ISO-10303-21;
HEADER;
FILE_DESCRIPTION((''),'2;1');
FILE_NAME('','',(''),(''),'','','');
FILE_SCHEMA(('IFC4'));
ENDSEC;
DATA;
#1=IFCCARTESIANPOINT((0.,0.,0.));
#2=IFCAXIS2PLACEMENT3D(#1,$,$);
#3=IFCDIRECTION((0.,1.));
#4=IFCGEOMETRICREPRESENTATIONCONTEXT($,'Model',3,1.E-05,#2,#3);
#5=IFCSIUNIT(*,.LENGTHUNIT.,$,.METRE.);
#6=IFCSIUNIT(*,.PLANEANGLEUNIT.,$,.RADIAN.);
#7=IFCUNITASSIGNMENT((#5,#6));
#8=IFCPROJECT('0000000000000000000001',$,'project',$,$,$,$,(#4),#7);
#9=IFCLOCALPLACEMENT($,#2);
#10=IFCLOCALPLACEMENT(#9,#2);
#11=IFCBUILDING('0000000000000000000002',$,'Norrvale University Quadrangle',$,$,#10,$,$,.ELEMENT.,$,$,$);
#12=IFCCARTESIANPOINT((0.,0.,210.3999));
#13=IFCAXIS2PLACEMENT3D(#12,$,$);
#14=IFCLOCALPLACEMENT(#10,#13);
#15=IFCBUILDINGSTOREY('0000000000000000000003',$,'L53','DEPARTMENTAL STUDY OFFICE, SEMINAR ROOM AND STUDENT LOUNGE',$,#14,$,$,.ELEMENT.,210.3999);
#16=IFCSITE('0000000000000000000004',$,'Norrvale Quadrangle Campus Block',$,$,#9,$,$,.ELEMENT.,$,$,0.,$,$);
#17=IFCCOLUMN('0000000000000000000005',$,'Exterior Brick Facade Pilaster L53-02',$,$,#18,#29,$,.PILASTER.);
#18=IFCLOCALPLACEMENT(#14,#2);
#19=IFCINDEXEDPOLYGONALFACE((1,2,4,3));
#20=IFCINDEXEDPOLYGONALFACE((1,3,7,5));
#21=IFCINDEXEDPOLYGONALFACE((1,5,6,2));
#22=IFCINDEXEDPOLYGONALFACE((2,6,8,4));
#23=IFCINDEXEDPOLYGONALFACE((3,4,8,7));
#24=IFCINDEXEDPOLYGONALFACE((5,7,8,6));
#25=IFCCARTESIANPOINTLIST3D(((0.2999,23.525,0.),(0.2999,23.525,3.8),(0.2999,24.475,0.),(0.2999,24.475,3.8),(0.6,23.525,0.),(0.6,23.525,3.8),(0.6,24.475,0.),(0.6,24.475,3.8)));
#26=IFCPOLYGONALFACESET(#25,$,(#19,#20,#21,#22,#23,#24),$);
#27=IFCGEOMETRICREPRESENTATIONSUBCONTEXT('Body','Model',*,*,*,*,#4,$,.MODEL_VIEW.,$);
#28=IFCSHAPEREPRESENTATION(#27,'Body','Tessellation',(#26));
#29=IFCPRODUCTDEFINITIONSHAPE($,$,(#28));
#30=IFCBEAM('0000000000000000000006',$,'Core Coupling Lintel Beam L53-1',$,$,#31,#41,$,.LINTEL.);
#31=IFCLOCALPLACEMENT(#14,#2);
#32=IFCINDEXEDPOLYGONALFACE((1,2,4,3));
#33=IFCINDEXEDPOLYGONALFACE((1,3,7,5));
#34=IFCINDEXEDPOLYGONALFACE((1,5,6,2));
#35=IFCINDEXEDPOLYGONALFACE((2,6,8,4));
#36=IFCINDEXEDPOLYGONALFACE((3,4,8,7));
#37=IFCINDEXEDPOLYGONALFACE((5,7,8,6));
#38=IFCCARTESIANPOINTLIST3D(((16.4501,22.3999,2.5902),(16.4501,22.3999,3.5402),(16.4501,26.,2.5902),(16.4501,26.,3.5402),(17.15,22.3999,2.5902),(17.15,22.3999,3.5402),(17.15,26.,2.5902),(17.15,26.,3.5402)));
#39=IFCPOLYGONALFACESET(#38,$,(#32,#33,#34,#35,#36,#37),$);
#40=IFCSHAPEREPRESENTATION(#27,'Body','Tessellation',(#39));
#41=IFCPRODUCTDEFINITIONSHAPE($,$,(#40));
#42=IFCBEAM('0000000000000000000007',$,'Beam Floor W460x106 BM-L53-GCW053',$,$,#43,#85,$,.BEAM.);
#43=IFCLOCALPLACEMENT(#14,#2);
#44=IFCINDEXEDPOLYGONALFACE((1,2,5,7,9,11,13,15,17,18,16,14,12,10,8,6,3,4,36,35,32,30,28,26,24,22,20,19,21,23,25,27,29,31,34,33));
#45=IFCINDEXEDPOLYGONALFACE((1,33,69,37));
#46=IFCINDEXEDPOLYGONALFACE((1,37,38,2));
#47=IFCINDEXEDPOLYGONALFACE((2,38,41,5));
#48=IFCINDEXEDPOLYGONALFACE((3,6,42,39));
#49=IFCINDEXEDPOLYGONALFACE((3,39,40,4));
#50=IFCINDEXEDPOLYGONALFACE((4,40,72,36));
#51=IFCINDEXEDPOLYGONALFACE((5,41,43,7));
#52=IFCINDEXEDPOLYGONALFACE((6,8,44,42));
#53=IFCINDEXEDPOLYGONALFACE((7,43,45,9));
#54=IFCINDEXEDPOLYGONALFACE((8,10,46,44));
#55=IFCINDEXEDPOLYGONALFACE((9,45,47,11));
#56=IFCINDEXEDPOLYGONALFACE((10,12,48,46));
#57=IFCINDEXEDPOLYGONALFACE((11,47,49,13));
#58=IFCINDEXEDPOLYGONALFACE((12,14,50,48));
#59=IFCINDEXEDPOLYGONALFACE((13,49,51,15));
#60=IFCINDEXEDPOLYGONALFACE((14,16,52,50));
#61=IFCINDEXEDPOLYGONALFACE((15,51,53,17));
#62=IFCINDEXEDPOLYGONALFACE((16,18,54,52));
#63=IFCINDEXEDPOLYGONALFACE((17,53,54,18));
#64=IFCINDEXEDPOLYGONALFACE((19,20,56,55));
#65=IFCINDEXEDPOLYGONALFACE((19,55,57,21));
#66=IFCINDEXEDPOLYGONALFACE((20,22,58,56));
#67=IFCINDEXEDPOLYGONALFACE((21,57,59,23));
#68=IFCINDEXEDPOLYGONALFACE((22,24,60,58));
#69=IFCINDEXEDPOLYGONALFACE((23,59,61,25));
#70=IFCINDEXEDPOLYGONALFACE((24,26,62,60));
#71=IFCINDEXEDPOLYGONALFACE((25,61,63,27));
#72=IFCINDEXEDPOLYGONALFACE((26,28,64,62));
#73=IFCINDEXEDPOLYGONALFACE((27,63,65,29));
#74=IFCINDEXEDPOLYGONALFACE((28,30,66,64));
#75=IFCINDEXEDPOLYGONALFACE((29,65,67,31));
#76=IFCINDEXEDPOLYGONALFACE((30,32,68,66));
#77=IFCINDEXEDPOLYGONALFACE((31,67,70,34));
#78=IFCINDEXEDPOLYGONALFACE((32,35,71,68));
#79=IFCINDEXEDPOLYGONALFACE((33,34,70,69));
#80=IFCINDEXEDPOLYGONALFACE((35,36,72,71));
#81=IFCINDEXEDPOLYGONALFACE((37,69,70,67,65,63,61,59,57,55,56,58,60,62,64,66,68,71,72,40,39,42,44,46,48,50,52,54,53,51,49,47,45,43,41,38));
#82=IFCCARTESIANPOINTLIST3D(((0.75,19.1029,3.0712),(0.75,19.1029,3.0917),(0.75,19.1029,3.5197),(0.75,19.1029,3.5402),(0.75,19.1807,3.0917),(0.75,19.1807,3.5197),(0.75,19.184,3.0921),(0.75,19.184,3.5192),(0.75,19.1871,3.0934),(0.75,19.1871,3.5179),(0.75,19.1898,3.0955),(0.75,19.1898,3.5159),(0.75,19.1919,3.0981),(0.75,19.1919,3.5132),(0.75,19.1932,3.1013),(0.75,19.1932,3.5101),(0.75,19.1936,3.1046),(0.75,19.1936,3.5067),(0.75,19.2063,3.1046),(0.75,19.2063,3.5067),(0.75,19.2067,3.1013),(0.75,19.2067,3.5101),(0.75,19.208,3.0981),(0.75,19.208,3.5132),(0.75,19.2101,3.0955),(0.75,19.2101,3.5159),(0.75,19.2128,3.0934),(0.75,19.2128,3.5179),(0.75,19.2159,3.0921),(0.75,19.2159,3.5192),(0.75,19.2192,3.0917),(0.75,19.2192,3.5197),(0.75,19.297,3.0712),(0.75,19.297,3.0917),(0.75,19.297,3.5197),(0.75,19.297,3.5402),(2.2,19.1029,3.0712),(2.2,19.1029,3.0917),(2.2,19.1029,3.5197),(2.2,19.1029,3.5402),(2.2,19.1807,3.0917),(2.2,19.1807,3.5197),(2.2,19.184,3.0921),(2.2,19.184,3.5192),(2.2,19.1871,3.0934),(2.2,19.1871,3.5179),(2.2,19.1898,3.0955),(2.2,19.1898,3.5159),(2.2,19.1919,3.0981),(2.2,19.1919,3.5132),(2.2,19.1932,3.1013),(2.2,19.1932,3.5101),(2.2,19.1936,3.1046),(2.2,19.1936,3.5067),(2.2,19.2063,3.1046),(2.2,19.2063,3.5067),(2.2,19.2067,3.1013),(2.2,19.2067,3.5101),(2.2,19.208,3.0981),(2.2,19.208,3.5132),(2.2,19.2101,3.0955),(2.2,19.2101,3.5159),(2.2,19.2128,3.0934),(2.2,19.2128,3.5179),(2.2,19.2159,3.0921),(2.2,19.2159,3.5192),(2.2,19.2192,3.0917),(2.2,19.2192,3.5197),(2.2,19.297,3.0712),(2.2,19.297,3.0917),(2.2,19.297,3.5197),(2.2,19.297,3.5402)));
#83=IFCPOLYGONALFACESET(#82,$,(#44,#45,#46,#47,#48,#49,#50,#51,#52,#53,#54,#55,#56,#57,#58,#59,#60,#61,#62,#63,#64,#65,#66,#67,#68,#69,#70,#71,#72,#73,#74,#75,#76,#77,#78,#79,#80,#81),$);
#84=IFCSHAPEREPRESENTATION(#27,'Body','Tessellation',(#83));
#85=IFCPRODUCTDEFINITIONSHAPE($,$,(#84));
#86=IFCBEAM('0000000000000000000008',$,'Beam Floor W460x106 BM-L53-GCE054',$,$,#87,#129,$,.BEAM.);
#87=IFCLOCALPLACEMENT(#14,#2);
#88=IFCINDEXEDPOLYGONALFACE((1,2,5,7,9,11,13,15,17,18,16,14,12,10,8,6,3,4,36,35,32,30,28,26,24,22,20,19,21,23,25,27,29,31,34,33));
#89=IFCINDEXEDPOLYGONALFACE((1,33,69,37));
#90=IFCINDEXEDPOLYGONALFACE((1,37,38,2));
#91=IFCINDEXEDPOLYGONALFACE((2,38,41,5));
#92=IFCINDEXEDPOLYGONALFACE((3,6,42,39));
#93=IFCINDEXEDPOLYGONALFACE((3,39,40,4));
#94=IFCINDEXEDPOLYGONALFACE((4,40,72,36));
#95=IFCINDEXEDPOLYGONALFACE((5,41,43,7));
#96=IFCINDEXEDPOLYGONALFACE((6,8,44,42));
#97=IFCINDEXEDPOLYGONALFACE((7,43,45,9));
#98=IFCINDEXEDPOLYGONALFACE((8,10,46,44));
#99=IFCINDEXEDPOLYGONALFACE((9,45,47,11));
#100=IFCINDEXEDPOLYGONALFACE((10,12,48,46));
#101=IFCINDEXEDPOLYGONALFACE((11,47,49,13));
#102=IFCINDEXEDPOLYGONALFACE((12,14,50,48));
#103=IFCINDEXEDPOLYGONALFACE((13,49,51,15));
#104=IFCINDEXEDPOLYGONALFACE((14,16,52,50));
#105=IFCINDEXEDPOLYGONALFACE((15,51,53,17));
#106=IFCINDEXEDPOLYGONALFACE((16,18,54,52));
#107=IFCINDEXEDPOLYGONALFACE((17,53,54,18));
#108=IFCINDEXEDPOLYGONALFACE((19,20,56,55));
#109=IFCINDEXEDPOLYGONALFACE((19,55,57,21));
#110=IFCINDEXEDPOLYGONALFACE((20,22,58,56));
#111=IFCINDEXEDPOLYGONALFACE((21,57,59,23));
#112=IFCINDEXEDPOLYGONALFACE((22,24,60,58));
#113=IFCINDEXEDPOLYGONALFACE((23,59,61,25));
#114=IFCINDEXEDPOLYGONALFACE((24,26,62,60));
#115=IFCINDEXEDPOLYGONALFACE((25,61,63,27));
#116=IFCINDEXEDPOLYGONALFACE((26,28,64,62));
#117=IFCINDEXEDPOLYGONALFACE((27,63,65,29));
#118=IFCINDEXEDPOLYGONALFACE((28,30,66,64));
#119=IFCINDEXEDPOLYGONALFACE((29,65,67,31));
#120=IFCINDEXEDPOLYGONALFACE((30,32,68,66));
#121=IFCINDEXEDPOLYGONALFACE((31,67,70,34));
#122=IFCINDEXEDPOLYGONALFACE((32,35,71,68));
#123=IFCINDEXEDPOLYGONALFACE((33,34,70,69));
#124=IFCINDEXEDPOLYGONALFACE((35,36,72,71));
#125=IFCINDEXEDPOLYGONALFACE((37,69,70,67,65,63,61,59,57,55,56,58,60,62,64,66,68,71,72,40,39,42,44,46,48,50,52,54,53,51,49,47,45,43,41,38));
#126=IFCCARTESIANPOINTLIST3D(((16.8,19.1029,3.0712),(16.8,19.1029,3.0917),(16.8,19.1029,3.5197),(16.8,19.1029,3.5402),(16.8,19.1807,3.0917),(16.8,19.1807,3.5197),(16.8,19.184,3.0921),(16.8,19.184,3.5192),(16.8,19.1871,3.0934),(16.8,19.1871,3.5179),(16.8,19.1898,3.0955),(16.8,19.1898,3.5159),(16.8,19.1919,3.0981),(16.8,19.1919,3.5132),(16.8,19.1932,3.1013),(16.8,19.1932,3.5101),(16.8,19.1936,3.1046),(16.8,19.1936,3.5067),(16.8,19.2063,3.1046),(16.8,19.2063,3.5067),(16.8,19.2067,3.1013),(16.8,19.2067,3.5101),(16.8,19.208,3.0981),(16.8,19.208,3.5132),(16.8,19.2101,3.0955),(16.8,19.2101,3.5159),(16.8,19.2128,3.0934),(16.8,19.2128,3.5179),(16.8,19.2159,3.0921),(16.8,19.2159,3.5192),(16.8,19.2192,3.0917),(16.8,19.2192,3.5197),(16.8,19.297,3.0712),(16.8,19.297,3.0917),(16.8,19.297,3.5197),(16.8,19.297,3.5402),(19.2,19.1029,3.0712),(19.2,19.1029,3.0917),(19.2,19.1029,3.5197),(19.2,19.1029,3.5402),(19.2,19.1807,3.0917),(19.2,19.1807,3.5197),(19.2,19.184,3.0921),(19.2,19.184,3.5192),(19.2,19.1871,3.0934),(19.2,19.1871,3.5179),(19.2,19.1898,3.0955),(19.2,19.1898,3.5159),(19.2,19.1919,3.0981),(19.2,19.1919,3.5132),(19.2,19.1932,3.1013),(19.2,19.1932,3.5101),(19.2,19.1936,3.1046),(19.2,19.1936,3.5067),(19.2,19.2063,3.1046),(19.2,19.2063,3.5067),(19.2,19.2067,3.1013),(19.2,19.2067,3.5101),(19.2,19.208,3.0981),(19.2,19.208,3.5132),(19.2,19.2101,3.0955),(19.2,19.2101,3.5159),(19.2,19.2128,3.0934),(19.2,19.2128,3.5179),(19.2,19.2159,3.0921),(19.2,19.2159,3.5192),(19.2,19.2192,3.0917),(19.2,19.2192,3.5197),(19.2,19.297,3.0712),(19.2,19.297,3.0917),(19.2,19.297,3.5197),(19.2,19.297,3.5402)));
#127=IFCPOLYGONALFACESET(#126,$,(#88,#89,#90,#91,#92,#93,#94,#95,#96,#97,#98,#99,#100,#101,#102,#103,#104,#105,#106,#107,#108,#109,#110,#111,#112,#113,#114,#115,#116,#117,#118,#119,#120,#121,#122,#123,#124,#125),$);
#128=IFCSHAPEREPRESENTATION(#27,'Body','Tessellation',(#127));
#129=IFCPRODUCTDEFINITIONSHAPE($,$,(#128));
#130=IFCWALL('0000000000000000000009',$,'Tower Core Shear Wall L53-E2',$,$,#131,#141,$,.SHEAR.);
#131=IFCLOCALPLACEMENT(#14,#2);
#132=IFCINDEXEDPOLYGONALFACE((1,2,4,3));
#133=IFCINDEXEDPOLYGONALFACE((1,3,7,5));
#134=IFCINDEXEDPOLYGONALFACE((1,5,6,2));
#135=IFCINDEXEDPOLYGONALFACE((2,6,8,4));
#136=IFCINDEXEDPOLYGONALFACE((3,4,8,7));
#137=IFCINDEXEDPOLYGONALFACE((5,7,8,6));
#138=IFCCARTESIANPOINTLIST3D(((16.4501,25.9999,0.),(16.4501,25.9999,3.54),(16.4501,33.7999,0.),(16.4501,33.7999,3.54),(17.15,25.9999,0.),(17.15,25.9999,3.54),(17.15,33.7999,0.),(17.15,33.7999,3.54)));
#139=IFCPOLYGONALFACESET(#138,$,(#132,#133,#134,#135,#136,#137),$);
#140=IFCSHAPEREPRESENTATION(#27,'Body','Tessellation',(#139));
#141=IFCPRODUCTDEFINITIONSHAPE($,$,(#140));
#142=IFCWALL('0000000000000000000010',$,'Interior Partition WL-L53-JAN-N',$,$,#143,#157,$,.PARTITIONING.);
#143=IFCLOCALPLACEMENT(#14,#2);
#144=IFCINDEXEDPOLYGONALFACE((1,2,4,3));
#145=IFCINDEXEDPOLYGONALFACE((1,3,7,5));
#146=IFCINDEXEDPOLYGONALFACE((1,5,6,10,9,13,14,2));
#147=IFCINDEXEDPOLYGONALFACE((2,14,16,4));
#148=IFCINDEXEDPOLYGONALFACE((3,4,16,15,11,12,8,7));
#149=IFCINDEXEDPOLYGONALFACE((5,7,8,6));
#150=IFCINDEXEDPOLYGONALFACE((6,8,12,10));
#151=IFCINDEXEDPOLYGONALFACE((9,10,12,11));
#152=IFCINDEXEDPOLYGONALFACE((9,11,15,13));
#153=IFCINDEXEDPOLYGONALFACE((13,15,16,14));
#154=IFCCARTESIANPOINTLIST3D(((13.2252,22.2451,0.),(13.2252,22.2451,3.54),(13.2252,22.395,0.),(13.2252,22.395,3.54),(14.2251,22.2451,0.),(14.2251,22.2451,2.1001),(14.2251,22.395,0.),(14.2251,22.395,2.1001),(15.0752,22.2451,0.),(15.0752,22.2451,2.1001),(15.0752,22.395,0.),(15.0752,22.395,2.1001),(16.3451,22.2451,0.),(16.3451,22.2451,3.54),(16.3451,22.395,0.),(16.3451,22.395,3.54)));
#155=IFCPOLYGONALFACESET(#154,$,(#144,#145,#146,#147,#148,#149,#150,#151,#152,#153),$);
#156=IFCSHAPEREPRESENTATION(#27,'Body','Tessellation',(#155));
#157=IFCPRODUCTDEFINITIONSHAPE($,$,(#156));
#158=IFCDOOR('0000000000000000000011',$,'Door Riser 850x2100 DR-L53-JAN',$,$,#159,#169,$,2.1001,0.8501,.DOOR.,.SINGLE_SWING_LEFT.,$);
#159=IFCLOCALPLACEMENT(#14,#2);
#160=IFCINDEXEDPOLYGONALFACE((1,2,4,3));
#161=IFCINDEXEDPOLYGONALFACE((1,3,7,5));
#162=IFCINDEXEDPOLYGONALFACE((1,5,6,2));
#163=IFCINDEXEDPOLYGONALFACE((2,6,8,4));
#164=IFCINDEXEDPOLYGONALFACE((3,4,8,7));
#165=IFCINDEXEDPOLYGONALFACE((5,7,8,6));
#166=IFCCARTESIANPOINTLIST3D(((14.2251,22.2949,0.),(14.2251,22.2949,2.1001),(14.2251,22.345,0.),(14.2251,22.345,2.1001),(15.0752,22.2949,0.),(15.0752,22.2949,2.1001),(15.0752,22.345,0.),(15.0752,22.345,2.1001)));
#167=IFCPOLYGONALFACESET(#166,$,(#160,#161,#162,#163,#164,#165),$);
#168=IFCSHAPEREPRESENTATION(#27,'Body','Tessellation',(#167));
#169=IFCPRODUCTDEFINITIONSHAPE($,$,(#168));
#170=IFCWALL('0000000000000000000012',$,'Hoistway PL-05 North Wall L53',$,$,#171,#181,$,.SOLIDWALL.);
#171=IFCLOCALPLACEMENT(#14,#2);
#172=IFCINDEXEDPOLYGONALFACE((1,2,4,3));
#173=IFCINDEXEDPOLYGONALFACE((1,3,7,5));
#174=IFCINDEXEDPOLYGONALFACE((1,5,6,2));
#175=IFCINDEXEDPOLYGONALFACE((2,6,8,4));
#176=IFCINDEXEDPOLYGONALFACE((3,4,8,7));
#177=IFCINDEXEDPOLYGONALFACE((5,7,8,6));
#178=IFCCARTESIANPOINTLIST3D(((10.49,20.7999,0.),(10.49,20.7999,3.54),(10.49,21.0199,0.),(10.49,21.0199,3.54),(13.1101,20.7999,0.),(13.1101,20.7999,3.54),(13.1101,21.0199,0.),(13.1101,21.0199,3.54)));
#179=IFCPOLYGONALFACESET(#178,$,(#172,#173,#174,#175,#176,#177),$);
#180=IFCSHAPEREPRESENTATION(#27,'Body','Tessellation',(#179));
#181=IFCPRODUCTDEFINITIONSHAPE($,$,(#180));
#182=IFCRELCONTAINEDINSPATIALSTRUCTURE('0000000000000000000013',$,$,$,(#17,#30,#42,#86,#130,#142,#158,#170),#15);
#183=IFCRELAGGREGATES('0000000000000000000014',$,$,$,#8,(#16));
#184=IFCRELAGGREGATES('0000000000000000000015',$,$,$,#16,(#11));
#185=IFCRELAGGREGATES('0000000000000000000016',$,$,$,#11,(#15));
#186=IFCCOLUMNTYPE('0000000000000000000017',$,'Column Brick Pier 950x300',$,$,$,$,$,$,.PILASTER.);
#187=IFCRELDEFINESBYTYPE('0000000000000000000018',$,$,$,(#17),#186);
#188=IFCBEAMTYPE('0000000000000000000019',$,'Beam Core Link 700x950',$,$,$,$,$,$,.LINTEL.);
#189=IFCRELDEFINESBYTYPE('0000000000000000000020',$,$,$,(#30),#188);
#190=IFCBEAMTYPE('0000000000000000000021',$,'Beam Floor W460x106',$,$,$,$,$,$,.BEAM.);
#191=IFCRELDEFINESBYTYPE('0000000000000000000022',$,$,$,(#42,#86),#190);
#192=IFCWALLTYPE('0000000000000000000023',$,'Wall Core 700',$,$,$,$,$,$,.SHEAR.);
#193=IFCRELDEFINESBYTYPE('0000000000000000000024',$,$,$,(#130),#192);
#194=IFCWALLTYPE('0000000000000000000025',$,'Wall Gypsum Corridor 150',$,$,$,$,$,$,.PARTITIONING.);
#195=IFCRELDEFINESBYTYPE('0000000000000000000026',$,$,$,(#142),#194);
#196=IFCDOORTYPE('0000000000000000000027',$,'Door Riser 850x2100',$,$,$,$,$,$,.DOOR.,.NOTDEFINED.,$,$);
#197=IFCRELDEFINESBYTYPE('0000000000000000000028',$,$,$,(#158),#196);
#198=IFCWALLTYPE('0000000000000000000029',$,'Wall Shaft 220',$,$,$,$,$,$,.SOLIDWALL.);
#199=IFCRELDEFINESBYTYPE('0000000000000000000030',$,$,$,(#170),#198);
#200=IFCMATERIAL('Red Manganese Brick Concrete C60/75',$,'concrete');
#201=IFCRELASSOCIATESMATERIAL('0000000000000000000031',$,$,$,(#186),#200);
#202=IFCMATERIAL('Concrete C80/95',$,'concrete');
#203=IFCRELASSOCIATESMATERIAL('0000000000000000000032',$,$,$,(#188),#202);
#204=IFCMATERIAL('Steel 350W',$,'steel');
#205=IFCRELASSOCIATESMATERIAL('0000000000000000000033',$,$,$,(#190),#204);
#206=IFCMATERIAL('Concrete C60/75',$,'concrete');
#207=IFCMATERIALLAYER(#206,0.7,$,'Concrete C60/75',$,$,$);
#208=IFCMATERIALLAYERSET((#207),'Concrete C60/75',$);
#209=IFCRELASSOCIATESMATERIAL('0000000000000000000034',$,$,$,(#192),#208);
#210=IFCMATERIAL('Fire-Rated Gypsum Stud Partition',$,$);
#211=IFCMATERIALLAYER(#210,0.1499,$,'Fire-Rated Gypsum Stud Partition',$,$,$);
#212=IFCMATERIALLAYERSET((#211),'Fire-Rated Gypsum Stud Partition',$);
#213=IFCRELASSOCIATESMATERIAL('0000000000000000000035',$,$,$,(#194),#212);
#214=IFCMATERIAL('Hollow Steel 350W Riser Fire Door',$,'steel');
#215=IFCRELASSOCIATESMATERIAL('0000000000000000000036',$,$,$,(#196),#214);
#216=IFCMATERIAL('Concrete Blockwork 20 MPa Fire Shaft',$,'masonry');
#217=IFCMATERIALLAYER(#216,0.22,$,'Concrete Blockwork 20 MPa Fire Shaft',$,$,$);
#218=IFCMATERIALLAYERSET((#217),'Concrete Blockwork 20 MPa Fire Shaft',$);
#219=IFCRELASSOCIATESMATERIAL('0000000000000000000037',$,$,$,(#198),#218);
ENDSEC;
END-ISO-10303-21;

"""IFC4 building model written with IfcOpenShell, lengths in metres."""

from ifc_helpers import new_model, si_unit, direction, frame, frame_2d, origin, origin_2d, place, context, subcontext, project, spatial, rectangle, i_section, extrude, material, layer, layer_set, material_profile, profile_set, type_object, element, fill, save


model = new_model("IFC4")

# Units and contexts
model_context = context("Model", 3, precision=1e-05, world=origin(), true_north=direction((0.0, 1.0)))
body_context = subcontext(model_context, "Body", "Model", "MODEL_VIEW")
ifc_project = project(units=[si_unit("LENGTHUNIT", "METRE"), si_unit("PLANEANGLEUNIT", "RADIAN")], contexts=[model_context])

# Site, building, storey
site_placement = place(None, origin())
site = spatial("IfcSite", under=ifc_project, at=site_placement, Name="Norrvale Quadrangle Campus Block", CompositionType="ELEMENT", RefElevation=0.0)
building_placement = place(site_placement, origin())
building = spatial("IfcBuilding", under=site, at=building_placement, Name="Norrvale University Quadrangle", CompositionType="ELEMENT")
storey_placement = place(building_placement, frame((0.0, 0.0, 210.3999)))
storey = spatial("IfcBuildingStorey", under=building, at=storey_placement, Name="L53", Description="DEPARTMENTAL STUDY OFFICE, SEMINAR ROOM AND STUDENT LOUNGE", CompositionType="ELEMENT", Elevation=210.3999)

# Column
ifc_material_1 = material(Name="Red Manganese Brick Concrete C60/75", Category="concrete")
ifc_material_profile_1 = material_profile(ifc_material_1, rectangle(XDim=0.95, YDim=0.3, at=origin_2d()), Name="Red Manganese Brick Concrete C60/75")
ifc_profile_set_1 = profile_set([ifc_material_profile_1], Name="Red Manganese Brick Concrete C60/75")
column_type = type_object("IfcColumnType", Name="Column Brick Pier 950x300", PredefinedType="PILASTER", material=ifc_profile_set_1)
column_placement = place(storey_placement, frame((0.45, 24.0, 0.0), z_axis=(0.0, 0.0, 1.0), x_axis=(0.0, 1.0, 0.0)))
element("IfcColumn", 1, at=column_placement, inside=storey, type_object=column_type, Name="Exterior Brick Facade Pilaster L53-02", PredefinedType="PILASTER", context=body_context, shape_type="SweptSolid", body=[
    extrude(rectangle(XDim=0.95, YDim=0.3, at=origin_2d()), origin(), (0.0, 0.0, 1.0), 3.8),
])

# Beams
ifc_material_2 = material(Name="Concrete C80/95", Category="concrete")
ifc_material_profile_2 = material_profile(ifc_material_2, rectangle(XDim=0.7, YDim=0.95, at=origin_2d()), Name="Concrete C80/95")
ifc_profile_set_2 = profile_set([ifc_material_profile_2], Name="Concrete C80/95")
beam_type_1 = type_object("IfcBeamType", Name="Beam Core Link 700x950", PredefinedType="LINTEL", material=ifc_profile_set_2)
beam_1_placement = place(storey_placement, frame((16.8, 22.3999, 3.0652), z_axis=(0.0, 1.0, 0.0), x_axis=(-1.0, 0.0, 0.0)))
element("IfcBeam", 2, at=beam_1_placement, inside=storey, type_object=beam_type_1, Name="Core Coupling Lintel Beam L53-1", PredefinedType="LINTEL", context=body_context, shape_type="SweptSolid", body=[
    extrude(rectangle(XDim=0.7, YDim=0.95, at=origin_2d()), origin(), (0.0, 0.0, 1.0), 3.6001),
])
ifc_material_3 = material(Name="Steel 350W", Category="steel")
ifc_material_profile_3 = material_profile(ifc_material_3, i_section(OverallWidth=0.1941, OverallDepth=0.469, WebThickness=0.0127, FlangeThickness=0.0205, FilletRadius=0.0129, at=origin_2d()), Name="Steel 350W")
ifc_profile_set_3 = profile_set([ifc_material_profile_3], Name="Steel 350W")
beam_type_2 = type_object("IfcBeamType", Name="Beam Floor W460x106", PredefinedType="BEAM", material=ifc_profile_set_3)
beam_2_placement = place(storey_placement, frame((0.75, 19.2, 3.3057), z_axis=(1.0, 0.0, 0.0), x_axis=(0.0, 1.0, 0.0)))
element("IfcBeam", 3, at=beam_2_placement, inside=storey, type_object=beam_type_2, Name="Beam Floor W460x106 BM-L53-GCW053", PredefinedType="BEAM", context=body_context, shape_type="SweptSolid", body=[
    extrude(i_section(OverallWidth=0.1941, OverallDepth=0.469, WebThickness=0.0127, FlangeThickness=0.0205, FilletRadius=0.0129, at=origin_2d()), origin(), (0.0, 0.0, 1.0), 1.45),
])
beam_3_placement = place(storey_placement, frame((16.8, 19.2, 3.3057), z_axis=(1.0, 0.0, 0.0), x_axis=(0.0, 1.0, 0.0)))
element("IfcBeam", 4, at=beam_3_placement, inside=storey, type_object=beam_type_2, Name="Beam Floor W460x106 BM-L53-GCE054", PredefinedType="BEAM", context=body_context, shape_type="SweptSolid", body=[
    extrude(i_section(OverallWidth=0.1941, OverallDepth=0.469, WebThickness=0.0127, FlangeThickness=0.0205, FilletRadius=0.0129, at=origin_2d()), origin(), (0.0, 0.0, 1.0), 2.3999),
])

# Wall
ifc_material_4 = material(Name="Concrete C60/75", Category="concrete")
ifc_layer_1 = layer(ifc_material_4, 0.7, Name="Concrete C60/75")
ifc_layer_set_1 = layer_set([ifc_layer_1], Name="Concrete C60/75")
wall_type_1 = type_object("IfcWallType", Name="Wall Core 700", PredefinedType="SHEAR", material=ifc_layer_set_1)
wall_1_placement = place(storey_placement, frame((16.8, 26.0, 0.0), z_axis=(0.0, 0.0, 1.0), x_axis=(0.0, 1.0, 0.0)))
element("IfcWall", 5, at=wall_1_placement, inside=storey, type_object=wall_type_1, Name="Tower Core Shear Wall L53-E2", PredefinedType="SHEAR", context=body_context, shape_type="SweptSolid", body=[
    extrude(rectangle(XDim=7.8, YDim=0.7, at=frame_2d((3.8999, 0.0))), origin(), (0.0, 0.0, 1.0), 3.54),
])

# Wall, opening, door
ifc_material_5 = material(Name="Fire-Rated Gypsum Stud Partition")
ifc_layer_2 = layer(ifc_material_5, 0.1499, Name="Fire-Rated Gypsum Stud Partition")
ifc_layer_set_2 = layer_set([ifc_layer_2], Name="Fire-Rated Gypsum Stud Partition")
wall_type_2 = type_object("IfcWallType", Name="Wall Gypsum Corridor 150", PredefinedType="PARTITIONING", material=ifc_layer_set_2)
wall_2_placement = place(storey_placement, frame((13.2251, 22.3201, 0.0), z_axis=(0.0, 0.0, 1.0), x_axis=(1.0, 0.0, 0.0)))
wall_2 = element("IfcWall", 6, at=wall_2_placement, inside=storey, type_object=wall_type_2, Name="Interior Partition WL-L53-JAN-N", PredefinedType="PARTITIONING", context=body_context, shape_type="SweptSolid", body=[
    extrude(rectangle(XDim=3.1199, YDim=0.1499, at=frame_2d((1.5601, 0.0))), origin(), (0.0, 0.0, 1.0), 3.54),
])
opening_1_placement = place(wall_2_placement, frame((1.0, 0.0, 0.0)))
opening_1 = element("IfcOpeningElement", 7, at=opening_1_placement, cuts=wall_2, PredefinedType="OPENING", context=body_context, shape_type="SweptSolid", body=[
    extrude(rectangle(XDim=0.8501, YDim=2.1001, at=frame_2d((0.425, 1.05))), frame((0.0, 0.0869, 0.0), z_axis=(0.0, -1.0, 0.0), x_axis=(1.0, 0.0, 0.0)), (0.0, 0.0, 1.0), 0.1738),
])
ifc_material_6 = material(Name="Hollow Steel 350W Riser Fire Door", Category="steel")
door_type_1 = type_object("IfcDoorType", Name="Door Riser 850x2100", OperationType="NOTDEFINED", PredefinedType="DOOR", material=ifc_material_6)
door_1_placement = place(opening_1_placement, origin())
door_1 = element("IfcDoor", 8, at=door_1_placement, inside=storey, type_object=door_type_1, Name="Door Riser 850x2100 DR-L53-JAN", OperationType="SINGLE_SWING_LEFT", OverallHeight=2.1001, OverallWidth=0.8501, PredefinedType="DOOR", context=body_context, shape_type="SweptSolid", body=[
    extrude(rectangle(XDim=0.8501, YDim=2.1001, at=frame_2d((0.425, 1.05))), frame((0.0, 0.0249, 0.0), z_axis=(0.0, -1.0, 0.0), x_axis=(1.0, 0.0, 0.0)), (0.0, 0.0, 1.0), 0.05),
])
fill(opening_1, door_1)

# Wall
ifc_material_7 = material(Name="Concrete Blockwork 20 MPa Fire Shaft", Category="masonry")
ifc_layer_3 = layer(ifc_material_7, 0.22, Name="Concrete Blockwork 20 MPa Fire Shaft")
ifc_layer_set_3 = layer_set([ifc_layer_3], Name="Concrete Blockwork 20 MPa Fire Shaft")
wall_type_3 = type_object("IfcWallType", Name="Wall Shaft 220", PredefinedType="SOLIDWALL", material=ifc_layer_set_3)
wall_3_placement = place(storey_placement, frame((10.49, 20.9099, 0.0), z_axis=(0.0, 0.0, 1.0), x_axis=(1.0, 0.0, 0.0)))
element("IfcWall", 9, at=wall_3_placement, inside=storey, type_object=wall_type_3, Name="Hoistway PL-05 North Wall L53", PredefinedType="SOLIDWALL", context=body_context, shape_type="SweptSolid", body=[
    extrude(rectangle(XDim=2.6201, YDim=0.22, at=frame_2d((1.3101, 0.0))), origin(), (0.0, 0.0, 1.0), 3.54),
])

save(model, "model.ifc")
